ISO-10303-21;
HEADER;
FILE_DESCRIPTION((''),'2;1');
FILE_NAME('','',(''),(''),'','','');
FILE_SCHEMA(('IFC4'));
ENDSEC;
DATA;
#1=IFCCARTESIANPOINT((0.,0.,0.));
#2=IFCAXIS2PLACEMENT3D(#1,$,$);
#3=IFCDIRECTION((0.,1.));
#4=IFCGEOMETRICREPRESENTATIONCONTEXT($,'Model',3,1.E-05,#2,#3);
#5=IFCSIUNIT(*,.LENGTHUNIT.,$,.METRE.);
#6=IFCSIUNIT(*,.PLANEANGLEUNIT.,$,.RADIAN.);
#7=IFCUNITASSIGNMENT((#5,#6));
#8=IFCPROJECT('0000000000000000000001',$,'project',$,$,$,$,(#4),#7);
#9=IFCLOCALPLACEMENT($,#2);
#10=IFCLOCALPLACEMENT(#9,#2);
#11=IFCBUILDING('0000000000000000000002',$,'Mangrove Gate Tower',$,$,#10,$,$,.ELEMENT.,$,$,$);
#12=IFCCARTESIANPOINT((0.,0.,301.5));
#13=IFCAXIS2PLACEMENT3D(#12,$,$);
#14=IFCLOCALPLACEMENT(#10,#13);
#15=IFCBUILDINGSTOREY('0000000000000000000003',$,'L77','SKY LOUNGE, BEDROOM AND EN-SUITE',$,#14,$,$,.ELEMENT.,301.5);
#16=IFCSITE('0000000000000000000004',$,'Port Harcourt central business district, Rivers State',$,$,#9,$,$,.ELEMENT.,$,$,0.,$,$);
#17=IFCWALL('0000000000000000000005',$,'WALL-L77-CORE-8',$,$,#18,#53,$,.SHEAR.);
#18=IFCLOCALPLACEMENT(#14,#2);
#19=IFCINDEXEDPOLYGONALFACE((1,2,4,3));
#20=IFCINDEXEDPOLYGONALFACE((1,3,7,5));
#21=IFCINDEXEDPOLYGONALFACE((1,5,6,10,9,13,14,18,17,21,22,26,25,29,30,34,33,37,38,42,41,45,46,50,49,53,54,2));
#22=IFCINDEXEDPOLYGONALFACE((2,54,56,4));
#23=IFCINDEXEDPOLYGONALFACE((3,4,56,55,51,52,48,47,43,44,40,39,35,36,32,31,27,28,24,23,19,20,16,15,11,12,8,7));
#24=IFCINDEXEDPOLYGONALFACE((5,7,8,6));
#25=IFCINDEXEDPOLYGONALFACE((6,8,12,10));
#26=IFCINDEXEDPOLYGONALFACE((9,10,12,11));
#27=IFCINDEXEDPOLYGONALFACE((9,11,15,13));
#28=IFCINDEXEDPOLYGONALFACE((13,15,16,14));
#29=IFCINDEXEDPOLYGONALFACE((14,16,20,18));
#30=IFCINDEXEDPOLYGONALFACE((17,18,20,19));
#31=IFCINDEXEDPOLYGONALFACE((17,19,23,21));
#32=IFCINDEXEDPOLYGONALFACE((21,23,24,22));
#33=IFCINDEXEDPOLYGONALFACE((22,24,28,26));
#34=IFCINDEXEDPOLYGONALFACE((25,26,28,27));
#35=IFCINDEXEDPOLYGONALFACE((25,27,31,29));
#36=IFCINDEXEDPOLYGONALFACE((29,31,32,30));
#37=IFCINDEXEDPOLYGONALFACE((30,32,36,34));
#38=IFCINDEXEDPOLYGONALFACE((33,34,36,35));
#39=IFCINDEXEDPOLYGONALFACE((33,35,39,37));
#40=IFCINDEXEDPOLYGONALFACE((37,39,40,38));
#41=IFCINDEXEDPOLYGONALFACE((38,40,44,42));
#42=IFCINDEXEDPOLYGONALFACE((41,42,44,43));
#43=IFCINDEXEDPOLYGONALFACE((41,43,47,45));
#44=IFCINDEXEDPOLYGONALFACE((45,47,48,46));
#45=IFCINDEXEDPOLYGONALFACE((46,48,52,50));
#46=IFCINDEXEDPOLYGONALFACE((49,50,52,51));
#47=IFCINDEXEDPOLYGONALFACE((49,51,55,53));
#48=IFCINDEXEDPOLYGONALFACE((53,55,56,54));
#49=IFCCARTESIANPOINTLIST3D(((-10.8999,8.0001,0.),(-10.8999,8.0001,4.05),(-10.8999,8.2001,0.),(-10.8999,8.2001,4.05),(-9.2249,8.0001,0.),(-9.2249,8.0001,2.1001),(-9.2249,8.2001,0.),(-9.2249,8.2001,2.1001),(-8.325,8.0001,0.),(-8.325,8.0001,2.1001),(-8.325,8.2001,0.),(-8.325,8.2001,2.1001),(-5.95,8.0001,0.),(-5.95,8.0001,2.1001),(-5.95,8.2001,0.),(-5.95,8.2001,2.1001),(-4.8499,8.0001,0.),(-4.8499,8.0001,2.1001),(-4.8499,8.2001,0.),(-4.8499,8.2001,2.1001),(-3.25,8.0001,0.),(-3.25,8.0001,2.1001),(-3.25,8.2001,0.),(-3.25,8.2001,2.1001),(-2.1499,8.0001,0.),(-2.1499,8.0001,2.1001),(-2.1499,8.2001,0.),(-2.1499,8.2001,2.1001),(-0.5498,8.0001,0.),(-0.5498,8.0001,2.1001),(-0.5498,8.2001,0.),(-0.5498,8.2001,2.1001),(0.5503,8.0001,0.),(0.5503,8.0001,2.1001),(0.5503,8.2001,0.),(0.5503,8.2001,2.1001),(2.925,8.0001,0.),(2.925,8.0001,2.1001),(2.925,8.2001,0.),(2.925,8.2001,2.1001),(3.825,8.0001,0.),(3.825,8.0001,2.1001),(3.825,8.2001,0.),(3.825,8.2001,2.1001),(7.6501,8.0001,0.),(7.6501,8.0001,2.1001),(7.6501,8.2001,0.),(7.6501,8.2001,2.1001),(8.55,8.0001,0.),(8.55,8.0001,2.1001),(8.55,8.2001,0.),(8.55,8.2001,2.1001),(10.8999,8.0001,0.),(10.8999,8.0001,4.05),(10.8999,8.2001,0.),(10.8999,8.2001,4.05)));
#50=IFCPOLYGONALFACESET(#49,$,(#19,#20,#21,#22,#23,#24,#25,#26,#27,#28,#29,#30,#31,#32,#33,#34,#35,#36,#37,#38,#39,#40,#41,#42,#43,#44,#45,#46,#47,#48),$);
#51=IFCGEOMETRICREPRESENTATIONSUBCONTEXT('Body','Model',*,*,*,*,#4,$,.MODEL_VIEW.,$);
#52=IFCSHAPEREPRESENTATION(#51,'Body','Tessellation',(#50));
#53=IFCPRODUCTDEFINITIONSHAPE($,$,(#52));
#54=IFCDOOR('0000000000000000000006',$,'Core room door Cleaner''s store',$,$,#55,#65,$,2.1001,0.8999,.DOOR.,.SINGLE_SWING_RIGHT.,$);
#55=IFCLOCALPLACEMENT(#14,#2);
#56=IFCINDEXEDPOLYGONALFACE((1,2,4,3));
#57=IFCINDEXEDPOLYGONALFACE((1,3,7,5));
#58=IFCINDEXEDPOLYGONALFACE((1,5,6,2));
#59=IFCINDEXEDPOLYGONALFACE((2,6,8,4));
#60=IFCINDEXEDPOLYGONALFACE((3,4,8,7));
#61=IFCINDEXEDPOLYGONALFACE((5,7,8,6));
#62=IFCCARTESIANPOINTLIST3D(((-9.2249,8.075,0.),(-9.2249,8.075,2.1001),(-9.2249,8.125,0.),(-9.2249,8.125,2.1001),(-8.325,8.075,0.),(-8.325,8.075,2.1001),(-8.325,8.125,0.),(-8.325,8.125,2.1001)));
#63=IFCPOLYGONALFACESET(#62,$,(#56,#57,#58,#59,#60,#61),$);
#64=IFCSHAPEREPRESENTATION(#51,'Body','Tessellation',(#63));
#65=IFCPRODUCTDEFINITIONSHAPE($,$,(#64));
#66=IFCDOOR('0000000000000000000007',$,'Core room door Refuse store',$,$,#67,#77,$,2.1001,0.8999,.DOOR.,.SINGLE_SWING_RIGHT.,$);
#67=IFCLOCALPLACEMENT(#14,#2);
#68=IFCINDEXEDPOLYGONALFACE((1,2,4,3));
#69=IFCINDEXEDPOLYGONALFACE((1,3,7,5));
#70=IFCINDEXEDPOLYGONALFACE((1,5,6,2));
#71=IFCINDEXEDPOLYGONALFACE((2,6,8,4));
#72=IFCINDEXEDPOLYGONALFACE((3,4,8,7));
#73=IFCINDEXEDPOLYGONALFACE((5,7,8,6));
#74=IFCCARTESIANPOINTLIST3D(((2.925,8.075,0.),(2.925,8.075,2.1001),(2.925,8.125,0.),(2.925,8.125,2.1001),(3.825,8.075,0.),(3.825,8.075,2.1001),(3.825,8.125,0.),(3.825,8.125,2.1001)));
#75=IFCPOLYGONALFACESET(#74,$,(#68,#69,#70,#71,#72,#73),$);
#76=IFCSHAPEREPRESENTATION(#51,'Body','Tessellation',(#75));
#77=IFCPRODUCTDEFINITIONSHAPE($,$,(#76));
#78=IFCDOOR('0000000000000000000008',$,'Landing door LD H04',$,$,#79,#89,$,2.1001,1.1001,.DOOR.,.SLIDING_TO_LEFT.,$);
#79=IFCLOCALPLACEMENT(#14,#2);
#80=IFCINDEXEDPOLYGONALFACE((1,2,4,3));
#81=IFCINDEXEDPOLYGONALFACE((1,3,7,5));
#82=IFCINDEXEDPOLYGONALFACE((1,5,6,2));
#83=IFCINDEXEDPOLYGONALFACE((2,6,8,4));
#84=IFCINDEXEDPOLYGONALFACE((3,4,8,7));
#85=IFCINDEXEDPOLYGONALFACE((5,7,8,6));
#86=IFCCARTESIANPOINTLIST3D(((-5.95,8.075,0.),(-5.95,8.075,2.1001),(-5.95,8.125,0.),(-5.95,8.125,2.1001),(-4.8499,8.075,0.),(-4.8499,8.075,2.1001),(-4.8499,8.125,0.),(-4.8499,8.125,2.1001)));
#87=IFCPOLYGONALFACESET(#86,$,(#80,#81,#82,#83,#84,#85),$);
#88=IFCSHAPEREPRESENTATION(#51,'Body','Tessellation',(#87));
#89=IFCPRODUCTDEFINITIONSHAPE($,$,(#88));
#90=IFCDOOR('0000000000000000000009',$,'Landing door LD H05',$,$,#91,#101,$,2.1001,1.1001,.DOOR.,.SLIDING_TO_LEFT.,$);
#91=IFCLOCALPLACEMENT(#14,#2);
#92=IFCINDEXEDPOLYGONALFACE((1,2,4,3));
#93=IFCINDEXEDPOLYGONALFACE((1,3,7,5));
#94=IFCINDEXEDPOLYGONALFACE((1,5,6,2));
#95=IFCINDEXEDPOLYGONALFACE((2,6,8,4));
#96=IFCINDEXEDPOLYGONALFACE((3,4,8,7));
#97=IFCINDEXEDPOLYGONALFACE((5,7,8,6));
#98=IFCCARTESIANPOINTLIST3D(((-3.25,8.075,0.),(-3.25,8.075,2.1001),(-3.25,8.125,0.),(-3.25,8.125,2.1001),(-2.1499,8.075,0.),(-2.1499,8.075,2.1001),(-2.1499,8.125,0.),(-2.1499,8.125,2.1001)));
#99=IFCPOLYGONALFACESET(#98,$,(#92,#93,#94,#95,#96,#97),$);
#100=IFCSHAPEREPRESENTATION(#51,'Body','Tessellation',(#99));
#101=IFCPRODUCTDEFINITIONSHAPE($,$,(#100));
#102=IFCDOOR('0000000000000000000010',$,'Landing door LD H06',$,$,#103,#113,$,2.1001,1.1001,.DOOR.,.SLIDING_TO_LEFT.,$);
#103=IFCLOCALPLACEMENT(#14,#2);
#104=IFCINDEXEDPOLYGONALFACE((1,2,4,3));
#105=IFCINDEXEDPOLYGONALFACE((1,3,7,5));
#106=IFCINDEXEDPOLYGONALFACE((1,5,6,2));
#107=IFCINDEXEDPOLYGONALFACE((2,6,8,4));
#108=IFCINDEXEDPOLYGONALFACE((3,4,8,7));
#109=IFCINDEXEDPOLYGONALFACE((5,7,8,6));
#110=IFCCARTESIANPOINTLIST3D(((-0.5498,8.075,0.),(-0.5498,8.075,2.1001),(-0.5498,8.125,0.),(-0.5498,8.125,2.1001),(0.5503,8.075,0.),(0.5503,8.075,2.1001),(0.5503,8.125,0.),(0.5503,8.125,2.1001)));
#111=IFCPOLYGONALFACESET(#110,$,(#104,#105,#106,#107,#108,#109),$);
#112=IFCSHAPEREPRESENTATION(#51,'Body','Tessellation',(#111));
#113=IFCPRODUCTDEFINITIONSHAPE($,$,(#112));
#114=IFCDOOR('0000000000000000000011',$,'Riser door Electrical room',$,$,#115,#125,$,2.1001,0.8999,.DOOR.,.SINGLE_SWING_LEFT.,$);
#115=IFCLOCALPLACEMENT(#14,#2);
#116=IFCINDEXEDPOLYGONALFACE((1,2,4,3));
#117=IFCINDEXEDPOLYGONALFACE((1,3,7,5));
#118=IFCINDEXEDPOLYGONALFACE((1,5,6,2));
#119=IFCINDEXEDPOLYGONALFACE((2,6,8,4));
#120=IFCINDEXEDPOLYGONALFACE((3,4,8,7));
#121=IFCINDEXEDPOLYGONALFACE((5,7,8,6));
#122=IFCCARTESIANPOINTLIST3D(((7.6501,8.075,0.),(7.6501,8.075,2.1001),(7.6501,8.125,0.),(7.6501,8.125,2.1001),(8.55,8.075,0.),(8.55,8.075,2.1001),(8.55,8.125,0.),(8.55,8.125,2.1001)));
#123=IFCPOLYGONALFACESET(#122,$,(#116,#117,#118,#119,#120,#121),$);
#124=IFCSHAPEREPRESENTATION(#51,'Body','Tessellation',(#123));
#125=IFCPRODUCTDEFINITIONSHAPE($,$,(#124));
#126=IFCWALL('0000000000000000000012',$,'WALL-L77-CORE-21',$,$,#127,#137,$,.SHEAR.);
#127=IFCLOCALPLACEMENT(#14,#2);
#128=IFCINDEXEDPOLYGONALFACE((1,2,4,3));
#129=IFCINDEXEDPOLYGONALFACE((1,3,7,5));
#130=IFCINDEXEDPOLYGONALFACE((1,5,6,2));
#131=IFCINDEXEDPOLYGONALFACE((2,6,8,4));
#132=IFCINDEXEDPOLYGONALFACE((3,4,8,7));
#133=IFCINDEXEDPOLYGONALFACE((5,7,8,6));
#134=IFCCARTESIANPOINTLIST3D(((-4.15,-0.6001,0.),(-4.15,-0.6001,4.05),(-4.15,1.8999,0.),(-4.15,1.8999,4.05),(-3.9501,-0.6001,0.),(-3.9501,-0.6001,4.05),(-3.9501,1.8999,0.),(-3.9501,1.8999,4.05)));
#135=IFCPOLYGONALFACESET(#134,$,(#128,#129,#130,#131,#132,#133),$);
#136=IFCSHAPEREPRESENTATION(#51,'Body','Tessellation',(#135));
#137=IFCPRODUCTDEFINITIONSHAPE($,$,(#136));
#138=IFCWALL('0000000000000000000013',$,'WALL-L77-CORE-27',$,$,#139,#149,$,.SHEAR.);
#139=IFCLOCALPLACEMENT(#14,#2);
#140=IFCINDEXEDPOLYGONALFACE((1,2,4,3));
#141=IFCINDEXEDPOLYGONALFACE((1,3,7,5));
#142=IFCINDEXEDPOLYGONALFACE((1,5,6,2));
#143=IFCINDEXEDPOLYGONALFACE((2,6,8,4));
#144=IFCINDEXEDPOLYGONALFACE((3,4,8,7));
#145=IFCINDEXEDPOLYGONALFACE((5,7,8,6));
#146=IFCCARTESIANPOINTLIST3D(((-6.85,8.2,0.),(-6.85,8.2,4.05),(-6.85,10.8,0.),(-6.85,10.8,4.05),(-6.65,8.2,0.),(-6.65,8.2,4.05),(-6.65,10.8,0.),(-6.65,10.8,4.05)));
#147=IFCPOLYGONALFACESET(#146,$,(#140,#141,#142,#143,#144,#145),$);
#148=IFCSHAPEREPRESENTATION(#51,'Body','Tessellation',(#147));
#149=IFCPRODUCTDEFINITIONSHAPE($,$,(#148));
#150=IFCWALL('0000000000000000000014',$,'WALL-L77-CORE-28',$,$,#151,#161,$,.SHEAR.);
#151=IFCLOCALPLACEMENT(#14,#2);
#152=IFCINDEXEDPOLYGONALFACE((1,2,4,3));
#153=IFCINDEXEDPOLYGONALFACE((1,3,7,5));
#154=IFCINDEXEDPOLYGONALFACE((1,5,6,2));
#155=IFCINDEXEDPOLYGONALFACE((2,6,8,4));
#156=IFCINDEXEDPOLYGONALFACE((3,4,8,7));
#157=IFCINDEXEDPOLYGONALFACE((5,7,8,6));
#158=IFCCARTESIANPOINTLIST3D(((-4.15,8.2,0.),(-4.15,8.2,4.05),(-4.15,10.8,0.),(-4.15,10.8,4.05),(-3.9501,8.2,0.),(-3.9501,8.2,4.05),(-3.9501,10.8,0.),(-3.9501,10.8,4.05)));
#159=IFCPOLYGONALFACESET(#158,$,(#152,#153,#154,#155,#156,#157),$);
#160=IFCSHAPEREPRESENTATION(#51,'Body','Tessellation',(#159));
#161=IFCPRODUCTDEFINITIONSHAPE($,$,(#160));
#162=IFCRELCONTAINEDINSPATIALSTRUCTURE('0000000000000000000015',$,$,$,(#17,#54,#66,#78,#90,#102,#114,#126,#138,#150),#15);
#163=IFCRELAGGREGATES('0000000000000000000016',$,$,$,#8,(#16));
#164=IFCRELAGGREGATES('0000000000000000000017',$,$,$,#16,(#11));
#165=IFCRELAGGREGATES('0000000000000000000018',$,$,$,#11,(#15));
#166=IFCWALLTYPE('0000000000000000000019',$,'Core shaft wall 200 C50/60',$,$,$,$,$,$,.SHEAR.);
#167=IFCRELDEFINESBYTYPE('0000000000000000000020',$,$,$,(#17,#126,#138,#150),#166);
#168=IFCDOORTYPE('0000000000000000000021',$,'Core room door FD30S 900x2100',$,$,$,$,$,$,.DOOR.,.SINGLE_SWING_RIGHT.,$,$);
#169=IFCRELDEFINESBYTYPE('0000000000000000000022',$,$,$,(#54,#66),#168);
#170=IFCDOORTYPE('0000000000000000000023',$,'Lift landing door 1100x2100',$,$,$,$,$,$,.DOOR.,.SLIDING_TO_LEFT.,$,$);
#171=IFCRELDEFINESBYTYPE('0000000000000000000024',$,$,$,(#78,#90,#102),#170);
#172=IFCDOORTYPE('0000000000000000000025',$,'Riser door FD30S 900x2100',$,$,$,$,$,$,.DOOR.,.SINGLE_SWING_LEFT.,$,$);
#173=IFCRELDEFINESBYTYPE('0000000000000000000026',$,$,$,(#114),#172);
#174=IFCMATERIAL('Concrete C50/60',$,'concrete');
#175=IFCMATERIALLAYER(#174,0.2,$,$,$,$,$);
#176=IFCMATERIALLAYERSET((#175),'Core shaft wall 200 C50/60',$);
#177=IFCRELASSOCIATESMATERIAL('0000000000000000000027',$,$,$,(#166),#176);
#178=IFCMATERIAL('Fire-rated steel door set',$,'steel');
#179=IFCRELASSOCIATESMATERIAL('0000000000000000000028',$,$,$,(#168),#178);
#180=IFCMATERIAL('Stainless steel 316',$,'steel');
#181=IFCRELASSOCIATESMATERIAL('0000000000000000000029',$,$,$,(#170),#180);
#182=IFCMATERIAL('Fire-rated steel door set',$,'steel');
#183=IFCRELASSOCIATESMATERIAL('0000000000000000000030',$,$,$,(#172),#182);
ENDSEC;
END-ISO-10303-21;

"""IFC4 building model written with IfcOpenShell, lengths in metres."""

from ifc_helpers import new_model, si_unit, direction, frame, frame_2d, origin, place, context, subcontext, project, spatial, rectangle, extrude, material, layer, layer_set, type_object, element, fill, save


model = new_model("IFC4")

# Units and contexts
model_context = context("Model", 3, precision=1e-05, world=origin(), true_north=direction((0.0, 1.0)))
body_context = subcontext(model_context, "Body", "Model", "MODEL_VIEW")
ifc_project = project(units=[si_unit("LENGTHUNIT", "METRE"), si_unit("PLANEANGLEUNIT", "RADIAN")], contexts=[model_context])

# Site, building, storey
site_placement = place(None, origin())
site = spatial("IfcSite", under=ifc_project, at=site_placement, Name="Port Harcourt central business district, Rivers State", CompositionType="ELEMENT", RefElevation=0.0)
building_placement = place(site_placement, origin())
building = spatial("IfcBuilding", under=site, at=building_placement, Name="Mangrove Gate Tower", CompositionType="ELEMENT")
storey_placement = place(building_placement, frame((0.0, 0.0, 301.5)))
storey = spatial("IfcBuildingStorey", under=building, at=storey_placement, Name="L77", Description="SKY LOUNGE, BEDROOM AND EN-SUITE", CompositionType="ELEMENT", Elevation=301.5)

# Wall, openings, doors
ifc_material_1 = material(Name="Concrete C50/60", Category="concrete")
ifc_layer_1 = layer(ifc_material_1, 0.2)
ifc_layer_set_1 = layer_set([ifc_layer_1], Name="Core shaft wall 200 C50/60")
wall_type_1 = type_object("IfcWallType", Name="Core shaft wall 200 C50/60", PredefinedType="SHEAR", material=ifc_layer_set_1)
wall_1_placement = place(storey_placement, frame((-10.8999, 8.1001, 0.0), z_axis=(0.0, 0.0, 1.0), x_axis=(1.0, 0.0, 0.0)))
wall_1 = element("IfcWall", 1, at=wall_1_placement, inside=storey, type_object=wall_type_1, Name="WALL-L77-CORE-8", PredefinedType="SHEAR", context=body_context, shape_type="SweptSolid", body=[
    extrude(rectangle(XDim=21.7998, YDim=0.2, at=frame_2d((10.8999, 0.0))), origin(), (0.0, 0.0, 1.0), 4.05),
])
opening_1_placement = place(wall_1_placement, frame((4.95, 0.0, 0.0)))
opening_1 = element("IfcOpeningElement", 2, at=opening_1_placement, cuts=wall_1, PredefinedType="OPENING", context=body_context, shape_type="SweptSolid", body=[
    extrude(rectangle(XDim=1.1001, YDim=2.1001, at=frame_2d((0.55, 1.05))), frame((0.0, 0.1099, 0.0), z_axis=(0.0, -1.0, 0.0), x_axis=(1.0, 0.0, 0.0)), (0.0, 0.0, 1.0), 0.22),
])
opening_2_placement = place(wall_1_placement, frame((7.6499, 0.0, 0.0)))
opening_2 = element("IfcOpeningElement", 3, at=opening_2_placement, cuts=wall_1, PredefinedType="OPENING", context=body_context, shape_type="SweptSolid", body=[
    extrude(rectangle(XDim=1.1001, YDim=2.1001, at=frame_2d((0.55, 1.05))), frame((0.0, 0.1099, 0.0), z_axis=(0.0, -1.0, 0.0), x_axis=(1.0, 0.0, 0.0)), (0.0, 0.0, 1.0), 0.22),
])
opening_3_placement = place(wall_1_placement, frame((10.3501, 0.0, 0.0)))
opening_3 = element("IfcOpeningElement", 4, at=opening_3_placement, cuts=wall_1, PredefinedType="OPENING", context=body_context, shape_type="SweptSolid", body=[
    extrude(rectangle(XDim=1.1001, YDim=2.1001, at=frame_2d((0.55, 1.05))), frame((0.0, 0.1099, 0.0), z_axis=(0.0, -1.0, 0.0), x_axis=(1.0, 0.0, 0.0)), (0.0, 0.0, 1.0), 0.22),
])
opening_4_placement = place(wall_1_placement, frame((1.675, 0.0, 0.0)))
opening_4 = element("IfcOpeningElement", 5, at=opening_4_placement, cuts=wall_1, PredefinedType="OPENING", context=body_context, shape_type="SweptSolid", body=[
    extrude(rectangle(XDim=0.8999, YDim=2.1001, at=frame_2d((0.45, 1.05))), frame((0.0, 0.1099, 0.0), z_axis=(0.0, -1.0, 0.0), x_axis=(1.0, 0.0, 0.0)), (0.0, 0.0, 1.0), 0.22),
])
opening_5_placement = place(wall_1_placement, frame((13.825, 0.0, 0.0)))
opening_5 = element("IfcOpeningElement", 6, at=opening_5_placement, cuts=wall_1, PredefinedType="OPENING", context=body_context, shape_type="SweptSolid", body=[
    extrude(rectangle(XDim=0.8999, YDim=2.1001, at=frame_2d((0.45, 1.05))), frame((0.0, 0.1099, 0.0), z_axis=(0.0, -1.0, 0.0), x_axis=(1.0, 0.0, 0.0)), (0.0, 0.0, 1.0), 0.22),
])
opening_6_placement = place(wall_1_placement, frame((18.55, 0.0, 0.0)))
opening_6 = element("IfcOpeningElement", 7, at=opening_6_placement, cuts=wall_1, PredefinedType="OPENING", context=body_context, shape_type="SweptSolid", body=[
    extrude(rectangle(XDim=0.8999, YDim=2.1001, at=frame_2d((0.45, 1.05))), frame((0.0, 0.1099, 0.0), z_axis=(0.0, -1.0, 0.0), x_axis=(1.0, 0.0, 0.0)), (0.0, 0.0, 1.0), 0.22),
])
ifc_material_2 = material(Name="Fire-rated steel door set", Category="steel")
door_type_1 = type_object("IfcDoorType", Name="Core room door FD30S 900x2100", OperationType="SINGLE_SWING_RIGHT", PredefinedType="DOOR", material=ifc_material_2)
door_1_placement = place(opening_4_placement, origin())
door_1 = element("IfcDoor", 8, at=door_1_placement, inside=storey, type_object=door_type_1, Name="Core room door Cleaner's store", OperationType="SINGLE_SWING_RIGHT", OverallHeight=2.1001, OverallWidth=0.8999, PredefinedType="DOOR", context=body_context, shape_type="SweptSolid", body=[
    extrude(rectangle(XDim=0.8999, YDim=2.1001, at=frame_2d((0.45, 1.05))), frame((0.0, 0.0249, 0.0), z_axis=(0.0, -1.0, 0.0), x_axis=(1.0, 0.0, 0.0)), (0.0, 0.0, 1.0), 0.05),
])
fill(opening_4, door_1)
door_2_placement = place(opening_5_placement, origin())
door_2 = element("IfcDoor", 9, at=door_2_placement, inside=storey, type_object=door_type_1, Name="Core room door Refuse store", OperationType="SINGLE_SWING_RIGHT", OverallHeight=2.1001, OverallWidth=0.8999, PredefinedType="DOOR", context=body_context, shape_type="SweptSolid", body=[
    extrude(rectangle(XDim=0.8999, YDim=2.1001, at=frame_2d((0.45, 1.05))), frame((0.0, 0.0249, 0.0), z_axis=(0.0, -1.0, 0.0), x_axis=(1.0, 0.0, 0.0)), (0.0, 0.0, 1.0), 0.05),
])
fill(opening_5, door_2)
ifc_material_3 = material(Name="Stainless steel 316", Category="steel")
door_type_2 = type_object("IfcDoorType", Name="Lift landing door 1100x2100", OperationType="SLIDING_TO_LEFT", PredefinedType="DOOR", material=ifc_material_3)
door_3_placement = place(opening_1_placement, origin())
door_3 = element("IfcDoor", 10, at=door_3_placement, inside=storey, type_object=door_type_2, Name="Landing door LD H04", OperationType="SLIDING_TO_LEFT", OverallHeight=2.1001, OverallWidth=1.1001, PredefinedType="DOOR", context=body_context, shape_type="SweptSolid", body=[
    extrude(rectangle(XDim=1.1001, YDim=2.1001, at=frame_2d((0.55, 1.05))), frame((0.0, 0.0249, 0.0), z_axis=(0.0, -1.0, 0.0), x_axis=(1.0, 0.0, 0.0)), (0.0, 0.0, 1.0), 0.05),
])
fill(opening_1, door_3)
door_4_placement = place(opening_2_placement, origin())
door_4 = element("IfcDoor", 11, at=door_4_placement, inside=storey, type_object=door_type_2, Name="Landing door LD H05", OperationType="SLIDING_TO_LEFT", OverallHeight=2.1001, OverallWidth=1.1001, PredefinedType="DOOR", context=body_context, shape_type="SweptSolid", body=[
    extrude(rectangle(XDim=1.1001, YDim=2.1001, at=frame_2d((0.55, 1.05))), frame((0.0, 0.0249, 0.0), z_axis=(0.0, -1.0, 0.0), x_axis=(1.0, 0.0, 0.0)), (0.0, 0.0, 1.0), 0.05),
])
fill(opening_2, door_4)
door_5_placement = place(opening_3_placement, origin())
door_5 = element("IfcDoor", 12, at=door_5_placement, inside=storey, type_object=door_type_2, Name="Landing door LD H06", OperationType="SLIDING_TO_LEFT", OverallHeight=2.1001, OverallWidth=1.1001, PredefinedType="DOOR", context=body_context, shape_type="SweptSolid", body=[
    extrude(rectangle(XDim=1.1001, YDim=2.1001, at=frame_2d((0.55, 1.05))), frame((0.0, 0.0249, 0.0), z_axis=(0.0, -1.0, 0.0), x_axis=(1.0, 0.0, 0.0)), (0.0, 0.0, 1.0), 0.05),
])
fill(opening_3, door_5)
ifc_material_4 = material(Name="Fire-rated steel door set", Category="steel")
door_type_3 = type_object("IfcDoorType", Name="Riser door FD30S 900x2100", OperationType="SINGLE_SWING_LEFT", PredefinedType="DOOR", material=ifc_material_4)
door_6_placement = place(opening_6_placement, origin())
door_6 = element("IfcDoor", 13, at=door_6_placement, inside=storey, type_object=door_type_3, Name="Riser door Electrical room", OperationType="SINGLE_SWING_LEFT", OverallHeight=2.1001, OverallWidth=0.8999, PredefinedType="DOOR", context=body_context, shape_type="SweptSolid", body=[
    extrude(rectangle(XDim=0.8999, YDim=2.1001, at=frame_2d((0.45, 1.05))), frame((0.0, 0.0249, 0.0), z_axis=(0.0, -1.0, 0.0), x_axis=(1.0, 0.0, 0.0)), (0.0, 0.0, 1.0), 0.05),
])
fill(opening_6, door_6)

# Walls
wall_2_placement = place(storey_placement, frame((-4.05, -0.6001, 0.0), z_axis=(0.0, 0.0, 1.0), x_axis=(0.0, 1.0, 0.0)))
element("IfcWall", 14, at=wall_2_placement, inside=storey, type_object=wall_type_1, Name="WALL-L77-CORE-21", PredefinedType="SHEAR", context=body_context, shape_type="SweptSolid", body=[
    extrude(rectangle(XDim=2.5, YDim=0.2, at=frame_2d((1.25, 0.0))), origin(), (0.0, 0.0, 1.0), 4.05),
])
for number, where, z_axis, x_axis, name in (
    (15, (-6.75, 8.2, 0.0), (0.0, 0.0, 1.0), (0.0, 1.0, 0.0), "WALL-L77-CORE-27"),
    (16, (-4.05, 8.2, 0.0), (0.0, 0.0, 1.0), (0.0, 1.0, 0.0), "WALL-L77-CORE-28"),
):
    element("IfcWall", number, at=place(storey_placement, frame(where, z_axis=z_axis, x_axis=x_axis)), inside=storey, type_object=wall_type_1, Name=name, PredefinedType="SHEAR", context=body_context, shape_type="SweptSolid", body=[
        extrude(rectangle(XDim=2.6001, YDim=0.2, at=frame_2d((1.3, 0.0))), origin(), (0.0, 0.0, 1.0), 4.05),
    ])

save(model, "model.ifc")
